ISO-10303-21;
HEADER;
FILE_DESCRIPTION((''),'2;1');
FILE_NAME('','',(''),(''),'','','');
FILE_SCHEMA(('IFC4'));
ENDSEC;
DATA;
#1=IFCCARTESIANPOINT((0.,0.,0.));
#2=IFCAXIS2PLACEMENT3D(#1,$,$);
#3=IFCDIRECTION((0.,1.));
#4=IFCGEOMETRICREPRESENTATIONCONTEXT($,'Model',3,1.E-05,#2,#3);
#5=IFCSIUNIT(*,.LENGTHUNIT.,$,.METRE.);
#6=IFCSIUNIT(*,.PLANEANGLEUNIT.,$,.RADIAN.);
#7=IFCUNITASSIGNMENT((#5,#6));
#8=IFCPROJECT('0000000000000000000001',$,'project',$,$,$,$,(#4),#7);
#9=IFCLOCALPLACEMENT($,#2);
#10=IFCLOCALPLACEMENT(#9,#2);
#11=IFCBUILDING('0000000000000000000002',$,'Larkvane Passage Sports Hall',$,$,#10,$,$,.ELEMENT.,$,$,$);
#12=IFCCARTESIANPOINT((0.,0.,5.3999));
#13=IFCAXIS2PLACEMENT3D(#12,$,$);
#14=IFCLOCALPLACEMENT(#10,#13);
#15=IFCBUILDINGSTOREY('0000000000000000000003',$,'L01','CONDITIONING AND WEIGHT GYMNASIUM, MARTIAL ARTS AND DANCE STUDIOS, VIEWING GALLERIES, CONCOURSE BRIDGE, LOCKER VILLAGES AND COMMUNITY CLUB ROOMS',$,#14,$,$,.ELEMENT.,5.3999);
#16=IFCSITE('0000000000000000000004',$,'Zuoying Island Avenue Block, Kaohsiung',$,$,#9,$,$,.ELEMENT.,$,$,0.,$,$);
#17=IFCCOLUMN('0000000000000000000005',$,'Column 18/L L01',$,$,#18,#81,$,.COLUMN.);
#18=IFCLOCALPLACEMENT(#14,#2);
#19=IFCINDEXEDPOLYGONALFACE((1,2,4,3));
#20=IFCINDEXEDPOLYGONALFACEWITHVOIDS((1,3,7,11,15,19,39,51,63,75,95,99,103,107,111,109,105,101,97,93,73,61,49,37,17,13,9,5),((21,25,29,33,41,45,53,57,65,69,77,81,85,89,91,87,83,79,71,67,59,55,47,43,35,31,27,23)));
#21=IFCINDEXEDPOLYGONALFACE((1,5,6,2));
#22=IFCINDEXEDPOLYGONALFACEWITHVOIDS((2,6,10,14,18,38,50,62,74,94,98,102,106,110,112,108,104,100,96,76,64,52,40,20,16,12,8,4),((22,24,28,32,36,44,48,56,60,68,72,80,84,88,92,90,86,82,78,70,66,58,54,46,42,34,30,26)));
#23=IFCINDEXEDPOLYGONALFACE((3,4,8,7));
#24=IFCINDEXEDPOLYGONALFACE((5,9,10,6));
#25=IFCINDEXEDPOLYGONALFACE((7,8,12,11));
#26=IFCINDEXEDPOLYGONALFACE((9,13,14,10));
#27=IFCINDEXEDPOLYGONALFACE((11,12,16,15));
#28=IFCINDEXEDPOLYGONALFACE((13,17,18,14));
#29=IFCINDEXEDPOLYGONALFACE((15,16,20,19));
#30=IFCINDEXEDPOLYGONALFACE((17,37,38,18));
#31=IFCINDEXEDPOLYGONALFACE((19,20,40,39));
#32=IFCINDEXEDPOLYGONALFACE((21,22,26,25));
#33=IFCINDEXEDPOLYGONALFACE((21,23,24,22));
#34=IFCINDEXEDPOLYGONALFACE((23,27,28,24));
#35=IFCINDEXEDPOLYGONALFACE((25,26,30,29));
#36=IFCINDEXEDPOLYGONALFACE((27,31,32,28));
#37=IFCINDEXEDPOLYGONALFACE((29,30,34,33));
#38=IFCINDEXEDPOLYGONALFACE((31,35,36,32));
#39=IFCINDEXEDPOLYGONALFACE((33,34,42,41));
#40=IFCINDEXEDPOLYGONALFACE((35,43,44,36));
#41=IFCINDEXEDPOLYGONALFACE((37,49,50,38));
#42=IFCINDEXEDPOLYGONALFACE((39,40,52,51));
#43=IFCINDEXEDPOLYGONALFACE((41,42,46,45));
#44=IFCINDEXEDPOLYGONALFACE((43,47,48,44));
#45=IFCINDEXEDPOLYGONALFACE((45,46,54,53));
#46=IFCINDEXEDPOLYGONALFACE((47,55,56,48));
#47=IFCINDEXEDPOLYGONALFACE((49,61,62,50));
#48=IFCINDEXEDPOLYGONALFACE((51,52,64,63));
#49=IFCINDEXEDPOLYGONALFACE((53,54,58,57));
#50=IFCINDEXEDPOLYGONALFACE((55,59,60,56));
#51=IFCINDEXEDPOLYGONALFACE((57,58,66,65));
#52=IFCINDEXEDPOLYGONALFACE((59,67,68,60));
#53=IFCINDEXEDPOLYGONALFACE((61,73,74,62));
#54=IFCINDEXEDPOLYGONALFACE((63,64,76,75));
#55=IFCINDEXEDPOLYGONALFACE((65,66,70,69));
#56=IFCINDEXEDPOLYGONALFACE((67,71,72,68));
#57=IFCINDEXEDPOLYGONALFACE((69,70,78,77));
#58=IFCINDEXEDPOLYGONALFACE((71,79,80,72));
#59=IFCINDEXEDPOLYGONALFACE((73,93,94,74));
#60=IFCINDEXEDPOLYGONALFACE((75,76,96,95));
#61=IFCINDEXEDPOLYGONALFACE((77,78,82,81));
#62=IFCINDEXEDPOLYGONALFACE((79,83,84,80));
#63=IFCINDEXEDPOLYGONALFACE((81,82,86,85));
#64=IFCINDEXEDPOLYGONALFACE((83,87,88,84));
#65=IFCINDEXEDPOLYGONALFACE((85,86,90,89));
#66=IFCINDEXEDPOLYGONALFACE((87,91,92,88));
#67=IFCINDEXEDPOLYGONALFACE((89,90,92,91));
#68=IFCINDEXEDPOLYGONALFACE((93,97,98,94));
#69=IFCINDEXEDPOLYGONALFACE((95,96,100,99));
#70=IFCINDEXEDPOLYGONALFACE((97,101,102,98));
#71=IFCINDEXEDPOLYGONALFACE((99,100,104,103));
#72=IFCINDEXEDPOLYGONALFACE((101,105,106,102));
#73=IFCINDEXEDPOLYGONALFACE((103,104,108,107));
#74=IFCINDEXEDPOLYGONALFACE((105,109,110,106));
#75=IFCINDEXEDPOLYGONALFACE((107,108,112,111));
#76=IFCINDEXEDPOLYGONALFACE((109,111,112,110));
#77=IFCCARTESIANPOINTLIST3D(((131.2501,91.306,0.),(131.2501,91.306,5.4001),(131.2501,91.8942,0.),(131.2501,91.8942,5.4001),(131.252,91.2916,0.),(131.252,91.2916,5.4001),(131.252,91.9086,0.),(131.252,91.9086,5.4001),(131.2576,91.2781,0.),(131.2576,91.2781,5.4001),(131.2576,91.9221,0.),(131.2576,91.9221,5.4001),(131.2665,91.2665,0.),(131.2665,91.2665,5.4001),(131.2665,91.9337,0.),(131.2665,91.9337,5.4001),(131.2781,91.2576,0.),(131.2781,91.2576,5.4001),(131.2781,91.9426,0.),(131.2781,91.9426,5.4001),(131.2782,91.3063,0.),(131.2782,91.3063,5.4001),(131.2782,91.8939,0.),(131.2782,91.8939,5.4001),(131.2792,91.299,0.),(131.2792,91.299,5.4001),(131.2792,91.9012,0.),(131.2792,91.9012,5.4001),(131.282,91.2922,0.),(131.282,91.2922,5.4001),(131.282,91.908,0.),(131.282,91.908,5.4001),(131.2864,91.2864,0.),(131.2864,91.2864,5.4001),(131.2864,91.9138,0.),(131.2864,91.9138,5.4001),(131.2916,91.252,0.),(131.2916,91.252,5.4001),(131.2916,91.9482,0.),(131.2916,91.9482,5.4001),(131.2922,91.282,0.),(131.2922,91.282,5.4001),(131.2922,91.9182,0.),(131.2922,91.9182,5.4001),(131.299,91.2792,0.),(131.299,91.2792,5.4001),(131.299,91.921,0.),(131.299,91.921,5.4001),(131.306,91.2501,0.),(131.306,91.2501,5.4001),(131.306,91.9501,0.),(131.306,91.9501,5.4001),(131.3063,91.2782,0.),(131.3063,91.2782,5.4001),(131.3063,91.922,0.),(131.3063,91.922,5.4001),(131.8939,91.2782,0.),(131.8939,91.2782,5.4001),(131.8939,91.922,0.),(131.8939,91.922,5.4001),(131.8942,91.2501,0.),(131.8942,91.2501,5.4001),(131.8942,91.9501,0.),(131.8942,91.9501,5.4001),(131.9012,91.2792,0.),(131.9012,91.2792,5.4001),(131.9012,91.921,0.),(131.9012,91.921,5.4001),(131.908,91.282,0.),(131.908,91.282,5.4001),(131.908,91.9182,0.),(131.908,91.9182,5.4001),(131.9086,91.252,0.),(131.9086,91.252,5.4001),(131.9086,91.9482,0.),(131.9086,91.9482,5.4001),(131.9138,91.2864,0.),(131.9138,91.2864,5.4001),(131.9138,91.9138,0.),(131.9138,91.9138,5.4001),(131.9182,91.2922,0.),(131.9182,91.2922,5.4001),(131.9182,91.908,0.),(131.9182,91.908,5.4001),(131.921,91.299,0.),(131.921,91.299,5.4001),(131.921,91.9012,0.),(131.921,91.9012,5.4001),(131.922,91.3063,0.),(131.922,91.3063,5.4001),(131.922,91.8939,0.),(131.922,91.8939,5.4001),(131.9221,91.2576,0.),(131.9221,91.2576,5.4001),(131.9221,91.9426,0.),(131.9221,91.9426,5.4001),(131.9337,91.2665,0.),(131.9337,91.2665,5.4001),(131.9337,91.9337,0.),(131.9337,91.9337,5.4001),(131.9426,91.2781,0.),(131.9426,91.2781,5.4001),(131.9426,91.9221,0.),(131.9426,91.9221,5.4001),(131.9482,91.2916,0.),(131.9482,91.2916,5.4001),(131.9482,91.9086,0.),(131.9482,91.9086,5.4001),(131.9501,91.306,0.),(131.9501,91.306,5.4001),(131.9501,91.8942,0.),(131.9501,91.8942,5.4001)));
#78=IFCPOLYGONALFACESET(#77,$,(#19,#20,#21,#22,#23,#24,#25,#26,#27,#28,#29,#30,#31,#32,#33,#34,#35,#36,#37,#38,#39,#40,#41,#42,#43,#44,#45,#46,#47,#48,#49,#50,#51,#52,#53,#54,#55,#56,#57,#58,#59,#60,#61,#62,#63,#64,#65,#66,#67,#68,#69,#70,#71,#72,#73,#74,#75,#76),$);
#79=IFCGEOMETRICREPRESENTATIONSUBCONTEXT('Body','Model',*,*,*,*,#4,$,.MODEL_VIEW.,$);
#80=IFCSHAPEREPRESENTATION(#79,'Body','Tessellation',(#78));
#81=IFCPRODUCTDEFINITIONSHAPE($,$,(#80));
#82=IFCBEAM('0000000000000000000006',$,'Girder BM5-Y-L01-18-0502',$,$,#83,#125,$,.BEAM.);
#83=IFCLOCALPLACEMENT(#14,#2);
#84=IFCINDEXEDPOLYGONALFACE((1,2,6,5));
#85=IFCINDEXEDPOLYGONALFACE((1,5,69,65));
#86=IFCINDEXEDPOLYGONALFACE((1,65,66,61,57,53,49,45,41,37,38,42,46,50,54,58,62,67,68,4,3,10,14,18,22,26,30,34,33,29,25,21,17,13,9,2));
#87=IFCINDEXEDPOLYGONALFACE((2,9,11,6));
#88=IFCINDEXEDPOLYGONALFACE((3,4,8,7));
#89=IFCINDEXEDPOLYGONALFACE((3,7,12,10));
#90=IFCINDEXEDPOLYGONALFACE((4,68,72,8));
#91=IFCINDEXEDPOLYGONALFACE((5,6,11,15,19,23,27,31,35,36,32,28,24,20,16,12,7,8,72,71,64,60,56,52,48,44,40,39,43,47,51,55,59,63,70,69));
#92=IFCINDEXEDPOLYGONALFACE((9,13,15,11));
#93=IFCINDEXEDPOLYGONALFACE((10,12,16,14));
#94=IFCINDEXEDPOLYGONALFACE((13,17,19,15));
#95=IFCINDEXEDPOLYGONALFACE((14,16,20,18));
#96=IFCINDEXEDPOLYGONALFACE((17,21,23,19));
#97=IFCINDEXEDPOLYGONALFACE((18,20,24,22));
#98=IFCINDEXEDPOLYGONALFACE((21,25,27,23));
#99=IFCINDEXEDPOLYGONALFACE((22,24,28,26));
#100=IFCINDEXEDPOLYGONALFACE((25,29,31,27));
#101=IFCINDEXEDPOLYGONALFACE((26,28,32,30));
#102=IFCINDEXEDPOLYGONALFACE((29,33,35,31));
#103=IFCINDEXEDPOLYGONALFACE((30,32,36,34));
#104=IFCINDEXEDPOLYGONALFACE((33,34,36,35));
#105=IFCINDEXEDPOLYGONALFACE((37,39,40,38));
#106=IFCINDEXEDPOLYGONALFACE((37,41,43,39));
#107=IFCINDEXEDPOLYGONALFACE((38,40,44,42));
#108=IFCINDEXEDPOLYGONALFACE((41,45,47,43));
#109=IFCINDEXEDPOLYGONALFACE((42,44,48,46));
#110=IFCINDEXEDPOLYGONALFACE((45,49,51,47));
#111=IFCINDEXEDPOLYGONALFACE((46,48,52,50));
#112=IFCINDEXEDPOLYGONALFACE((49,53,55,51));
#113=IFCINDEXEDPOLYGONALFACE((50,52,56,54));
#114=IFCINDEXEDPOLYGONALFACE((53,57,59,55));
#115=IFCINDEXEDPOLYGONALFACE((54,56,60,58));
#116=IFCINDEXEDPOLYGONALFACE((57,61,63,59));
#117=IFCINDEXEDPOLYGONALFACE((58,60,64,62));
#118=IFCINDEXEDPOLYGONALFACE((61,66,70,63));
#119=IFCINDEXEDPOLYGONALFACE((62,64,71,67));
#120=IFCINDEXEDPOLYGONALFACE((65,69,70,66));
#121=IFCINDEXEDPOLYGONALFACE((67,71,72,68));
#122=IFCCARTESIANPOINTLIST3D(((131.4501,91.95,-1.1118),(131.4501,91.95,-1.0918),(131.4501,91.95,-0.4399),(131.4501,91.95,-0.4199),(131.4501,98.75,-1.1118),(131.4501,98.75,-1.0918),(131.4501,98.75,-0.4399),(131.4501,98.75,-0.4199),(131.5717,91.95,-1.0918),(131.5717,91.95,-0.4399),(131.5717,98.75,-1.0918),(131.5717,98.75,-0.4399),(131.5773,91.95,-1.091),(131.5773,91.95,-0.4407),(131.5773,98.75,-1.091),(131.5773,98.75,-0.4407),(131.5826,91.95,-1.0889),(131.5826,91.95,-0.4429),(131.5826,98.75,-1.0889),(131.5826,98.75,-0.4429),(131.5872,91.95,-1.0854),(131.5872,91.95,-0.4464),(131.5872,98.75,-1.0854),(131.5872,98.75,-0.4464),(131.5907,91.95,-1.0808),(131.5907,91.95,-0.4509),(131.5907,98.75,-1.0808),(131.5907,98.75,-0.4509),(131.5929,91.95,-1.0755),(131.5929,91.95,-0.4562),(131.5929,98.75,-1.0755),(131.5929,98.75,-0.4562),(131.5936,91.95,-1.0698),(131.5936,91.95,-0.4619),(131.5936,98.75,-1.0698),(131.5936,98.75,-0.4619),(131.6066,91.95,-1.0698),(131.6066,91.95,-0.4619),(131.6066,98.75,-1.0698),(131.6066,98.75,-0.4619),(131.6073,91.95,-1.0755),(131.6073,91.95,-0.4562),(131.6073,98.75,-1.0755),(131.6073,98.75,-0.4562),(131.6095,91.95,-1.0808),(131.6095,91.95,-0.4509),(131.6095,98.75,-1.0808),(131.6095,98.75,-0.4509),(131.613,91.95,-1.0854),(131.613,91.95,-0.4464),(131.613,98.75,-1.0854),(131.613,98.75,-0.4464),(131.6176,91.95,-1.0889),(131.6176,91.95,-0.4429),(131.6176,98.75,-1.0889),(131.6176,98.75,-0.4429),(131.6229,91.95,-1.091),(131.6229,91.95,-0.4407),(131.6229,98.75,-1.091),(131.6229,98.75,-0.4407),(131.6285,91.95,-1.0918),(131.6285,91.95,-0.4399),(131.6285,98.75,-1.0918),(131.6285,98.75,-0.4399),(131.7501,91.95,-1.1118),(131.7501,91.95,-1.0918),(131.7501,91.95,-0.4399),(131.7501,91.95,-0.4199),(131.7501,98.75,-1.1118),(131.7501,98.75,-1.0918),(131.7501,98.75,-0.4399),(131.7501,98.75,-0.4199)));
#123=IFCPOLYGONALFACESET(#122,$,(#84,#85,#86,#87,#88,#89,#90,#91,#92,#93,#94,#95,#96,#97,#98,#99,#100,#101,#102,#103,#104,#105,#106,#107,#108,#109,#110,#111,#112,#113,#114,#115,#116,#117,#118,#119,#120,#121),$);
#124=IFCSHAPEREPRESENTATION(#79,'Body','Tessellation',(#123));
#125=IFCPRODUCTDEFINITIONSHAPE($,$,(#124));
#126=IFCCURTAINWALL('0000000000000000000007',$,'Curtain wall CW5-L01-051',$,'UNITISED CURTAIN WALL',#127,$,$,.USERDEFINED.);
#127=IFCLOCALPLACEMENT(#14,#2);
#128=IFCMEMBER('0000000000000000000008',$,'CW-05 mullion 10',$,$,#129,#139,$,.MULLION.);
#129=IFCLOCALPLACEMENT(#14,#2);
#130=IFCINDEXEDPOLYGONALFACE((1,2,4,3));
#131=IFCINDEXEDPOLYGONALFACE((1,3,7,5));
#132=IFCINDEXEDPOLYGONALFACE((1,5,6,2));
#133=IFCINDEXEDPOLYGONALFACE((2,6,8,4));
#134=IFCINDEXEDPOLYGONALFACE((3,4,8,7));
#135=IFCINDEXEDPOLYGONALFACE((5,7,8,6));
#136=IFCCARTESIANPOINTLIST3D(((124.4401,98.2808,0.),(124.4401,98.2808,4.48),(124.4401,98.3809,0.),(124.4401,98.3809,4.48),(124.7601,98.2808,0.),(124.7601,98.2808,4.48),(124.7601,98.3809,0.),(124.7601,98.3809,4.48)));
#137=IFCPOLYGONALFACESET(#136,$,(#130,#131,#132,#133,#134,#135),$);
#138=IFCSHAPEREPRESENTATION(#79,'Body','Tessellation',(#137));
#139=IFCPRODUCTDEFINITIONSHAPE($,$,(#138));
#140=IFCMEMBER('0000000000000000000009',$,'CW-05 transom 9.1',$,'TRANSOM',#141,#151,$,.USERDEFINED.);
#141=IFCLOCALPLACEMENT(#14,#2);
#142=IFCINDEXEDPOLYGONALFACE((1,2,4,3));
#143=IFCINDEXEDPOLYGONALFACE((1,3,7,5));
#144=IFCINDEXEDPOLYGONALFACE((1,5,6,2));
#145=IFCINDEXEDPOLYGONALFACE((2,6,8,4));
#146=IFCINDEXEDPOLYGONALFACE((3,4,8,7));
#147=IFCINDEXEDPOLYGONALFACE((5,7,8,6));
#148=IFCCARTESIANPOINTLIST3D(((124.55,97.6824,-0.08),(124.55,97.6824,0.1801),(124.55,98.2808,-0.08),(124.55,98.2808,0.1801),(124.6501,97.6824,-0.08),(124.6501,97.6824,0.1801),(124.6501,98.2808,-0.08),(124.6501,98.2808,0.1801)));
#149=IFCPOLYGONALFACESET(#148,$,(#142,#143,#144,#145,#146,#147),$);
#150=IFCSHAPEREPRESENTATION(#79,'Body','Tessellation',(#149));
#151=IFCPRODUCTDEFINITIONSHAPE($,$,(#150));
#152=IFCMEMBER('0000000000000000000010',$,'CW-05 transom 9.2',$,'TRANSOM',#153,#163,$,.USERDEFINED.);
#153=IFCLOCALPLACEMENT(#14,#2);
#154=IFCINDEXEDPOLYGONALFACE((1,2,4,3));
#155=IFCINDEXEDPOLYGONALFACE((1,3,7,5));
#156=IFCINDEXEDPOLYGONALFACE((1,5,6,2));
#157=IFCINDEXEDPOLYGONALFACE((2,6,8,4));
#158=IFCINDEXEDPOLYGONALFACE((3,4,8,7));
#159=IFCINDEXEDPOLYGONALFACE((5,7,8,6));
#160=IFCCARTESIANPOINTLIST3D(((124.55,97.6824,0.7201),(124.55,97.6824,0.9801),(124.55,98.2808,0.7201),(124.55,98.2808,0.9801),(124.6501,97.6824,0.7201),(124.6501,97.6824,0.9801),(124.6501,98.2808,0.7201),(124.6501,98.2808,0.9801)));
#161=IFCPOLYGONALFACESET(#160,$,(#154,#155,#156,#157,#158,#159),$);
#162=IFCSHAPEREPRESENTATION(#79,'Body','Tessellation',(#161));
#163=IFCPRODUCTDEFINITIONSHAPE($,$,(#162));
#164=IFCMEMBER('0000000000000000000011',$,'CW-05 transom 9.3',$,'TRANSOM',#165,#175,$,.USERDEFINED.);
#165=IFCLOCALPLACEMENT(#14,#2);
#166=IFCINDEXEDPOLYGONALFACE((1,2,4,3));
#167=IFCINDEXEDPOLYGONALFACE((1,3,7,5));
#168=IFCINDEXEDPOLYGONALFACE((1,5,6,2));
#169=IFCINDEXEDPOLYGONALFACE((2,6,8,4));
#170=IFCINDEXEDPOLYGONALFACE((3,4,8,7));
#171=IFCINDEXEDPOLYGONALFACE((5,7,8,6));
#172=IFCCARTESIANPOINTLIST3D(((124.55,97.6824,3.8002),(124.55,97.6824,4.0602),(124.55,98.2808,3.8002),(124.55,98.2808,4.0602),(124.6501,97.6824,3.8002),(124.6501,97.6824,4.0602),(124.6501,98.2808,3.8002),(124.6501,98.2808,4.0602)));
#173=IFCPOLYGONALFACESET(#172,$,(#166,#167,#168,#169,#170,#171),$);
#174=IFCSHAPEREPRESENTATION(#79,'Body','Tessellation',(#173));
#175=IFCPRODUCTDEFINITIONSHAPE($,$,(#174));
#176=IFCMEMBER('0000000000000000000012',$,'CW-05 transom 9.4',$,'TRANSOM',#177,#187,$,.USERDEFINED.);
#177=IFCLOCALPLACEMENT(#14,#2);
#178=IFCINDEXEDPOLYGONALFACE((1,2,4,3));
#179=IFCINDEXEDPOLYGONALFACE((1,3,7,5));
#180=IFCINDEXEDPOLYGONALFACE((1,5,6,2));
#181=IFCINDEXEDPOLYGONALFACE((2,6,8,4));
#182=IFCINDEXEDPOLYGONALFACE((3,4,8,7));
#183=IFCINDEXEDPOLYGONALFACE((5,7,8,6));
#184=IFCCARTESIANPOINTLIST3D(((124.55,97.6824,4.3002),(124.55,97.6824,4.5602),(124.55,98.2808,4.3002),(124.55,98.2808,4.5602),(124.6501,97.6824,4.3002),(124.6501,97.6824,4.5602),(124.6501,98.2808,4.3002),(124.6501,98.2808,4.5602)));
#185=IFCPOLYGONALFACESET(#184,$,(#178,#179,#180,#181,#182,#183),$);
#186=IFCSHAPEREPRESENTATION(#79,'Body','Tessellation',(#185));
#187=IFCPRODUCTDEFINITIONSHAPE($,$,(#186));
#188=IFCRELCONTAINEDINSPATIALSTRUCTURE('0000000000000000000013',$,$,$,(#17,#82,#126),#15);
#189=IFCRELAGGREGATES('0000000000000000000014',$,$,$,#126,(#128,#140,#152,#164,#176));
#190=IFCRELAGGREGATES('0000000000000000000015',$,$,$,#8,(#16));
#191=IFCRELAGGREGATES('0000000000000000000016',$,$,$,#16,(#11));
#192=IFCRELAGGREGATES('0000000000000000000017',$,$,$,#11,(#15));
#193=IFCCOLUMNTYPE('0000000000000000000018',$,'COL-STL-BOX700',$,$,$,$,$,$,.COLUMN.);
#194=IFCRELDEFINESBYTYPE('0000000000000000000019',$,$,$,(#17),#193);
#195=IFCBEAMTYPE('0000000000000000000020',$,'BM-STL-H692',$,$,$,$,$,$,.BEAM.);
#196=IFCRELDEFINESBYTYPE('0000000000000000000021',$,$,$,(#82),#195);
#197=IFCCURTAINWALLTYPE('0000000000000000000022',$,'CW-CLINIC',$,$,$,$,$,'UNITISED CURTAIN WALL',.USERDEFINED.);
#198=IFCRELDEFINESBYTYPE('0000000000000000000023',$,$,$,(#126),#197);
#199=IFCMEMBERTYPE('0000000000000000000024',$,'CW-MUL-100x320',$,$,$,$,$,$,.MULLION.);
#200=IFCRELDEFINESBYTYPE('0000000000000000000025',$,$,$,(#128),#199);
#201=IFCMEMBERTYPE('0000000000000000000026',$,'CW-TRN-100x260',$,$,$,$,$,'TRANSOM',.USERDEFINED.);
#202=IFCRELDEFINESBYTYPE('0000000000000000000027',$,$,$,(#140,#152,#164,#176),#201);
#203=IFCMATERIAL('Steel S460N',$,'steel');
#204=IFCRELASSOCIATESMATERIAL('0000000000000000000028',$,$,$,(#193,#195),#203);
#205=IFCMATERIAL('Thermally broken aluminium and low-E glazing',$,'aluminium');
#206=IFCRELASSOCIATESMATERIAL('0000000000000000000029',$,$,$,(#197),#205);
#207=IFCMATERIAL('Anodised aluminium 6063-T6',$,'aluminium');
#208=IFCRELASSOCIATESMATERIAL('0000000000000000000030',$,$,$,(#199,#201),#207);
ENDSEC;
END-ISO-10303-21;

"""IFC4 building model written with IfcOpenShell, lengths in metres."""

from ifc_helpers import new_model, si_unit, direction, frame, origin, origin_2d, place, context, subcontext, project, spatial, rectangle, hollow_rectangle, i_section, extrude, material, material_profile, profile_set, type_object, element, aggregate, save


model = new_model("IFC4")

# Units and contexts
model_context = context("Model", 3, precision=1e-05, world=origin(), true_north=direction((0.0, 1.0)))
body_context = subcontext(model_context, "Body", "Model", "MODEL_VIEW")
ifc_project = project(units=[si_unit("LENGTHUNIT", "METRE"), si_unit("PLANEANGLEUNIT", "RADIAN")], contexts=[model_context])

# Site, building, storey
site_placement = place(None, origin())
site = spatial("IfcSite", under=ifc_project, at=site_placement, Name="Zuoying Island Avenue Block, Kaohsiung", CompositionType="ELEMENT", RefElevation=0.0)
building_placement = place(site_placement, origin())
building = spatial("IfcBuilding", under=site, at=building_placement, Name="Larkvane Passage Sports Hall", CompositionType="ELEMENT")
storey_placement = place(building_placement, frame((0.0, 0.0, 5.3999)))
storey = spatial("IfcBuildingStorey", under=building, at=storey_placement, Name="L01", Description="CONDITIONING AND WEIGHT GYMNASIUM, MARTIAL ARTS AND DANCE STUDIOS, VIEWING GALLERIES, CONCOURSE BRIDGE, LOCKER VILLAGES AND COMMUNITY CLUB ROOMS", CompositionType="ELEMENT", Elevation=5.3999)

# Column
ifc_material_1 = material(Name="Steel S460N", Category="steel")
ifc_material_profile_1 = material_profile(ifc_material_1, hollow_rectangle(XDim=0.7, YDim=0.7, WallThickness=0.0281, InnerFilletRadius=0.0281, OuterFilletRadius=0.0559, at=origin_2d()), Name="BOX-700x700x28")
ifc_profile_set_1 = profile_set([ifc_material_profile_1], Name="Steel S460N")
column_type = type_object("IfcColumnType", Name="COL-STL-BOX700", PredefinedType="COLUMN", material=ifc_profile_set_1)
column_placement = place(storey_placement, frame((131.6001, 91.6001, 0.0), z_axis=(0.0, 0.0, 1.0), x_axis=(1.0, 0.0, 0.0)))
element("IfcColumn", 1, at=column_placement, inside=storey, type_object=column_type, Name="Column 18/L L01", PredefinedType="COLUMN", context=body_context, shape_type="SweptSolid", body=[
    extrude(hollow_rectangle(XDim=0.7, YDim=0.7, WallThickness=0.0281, InnerFilletRadius=0.0281, OuterFilletRadius=0.0559, at=origin_2d()), origin(), (0.0, 0.0, 1.0), 5.4001),
])

# Beam
ifc_material_profile_2 = material_profile(ifc_material_1, i_section(OverallWidth=0.3, OverallDepth=0.6919, WebThickness=0.0129, FlangeThickness=0.02, FilletRadius=0.022, at=origin_2d()), Name="H-692x300x13x20")
ifc_profile_set_2 = profile_set([ifc_material_profile_2], Name="Steel S460N")
beam_type_1 = type_object("IfcBeamType", Name="BM-STL-H692", PredefinedType="BEAM", material=ifc_profile_set_2)
beam_1_placement = place(storey_placement, frame((131.6001, 91.95, -0.7659), z_axis=(0.0, 1.0, 0.0), x_axis=(-1.0, 0.0, 0.0)))
element("IfcBeam", 2, at=beam_1_placement, inside=storey, type_object=beam_type_1, Name="Girder BM5-Y-L01-18-0502", PredefinedType="BEAM", context=body_context, shape_type="SweptSolid", body=[
    extrude(i_section(OverallWidth=0.3, OverallDepth=0.6919, WebThickness=0.0129, FlangeThickness=0.02, FilletRadius=0.022, at=origin_2d()), origin(), (0.0, 0.0, 1.0), 6.8),
])

# Curtain wall, members
ifc_material_2 = material(Name="Thermally broken aluminium and low-E glazing", Category="aluminium")
curtain_wall_type = type_object("IfcCurtainWallType", Name="CW-CLINIC", ElementType="UNITISED CURTAIN WALL", PredefinedType="USERDEFINED", material=ifc_material_2)
curtain_wall_placement = place(storey_placement, origin())
curtain_wall = element("IfcCurtainWall", 3, at=curtain_wall_placement, inside=storey, type_object=curtain_wall_type, Name="Curtain wall CW5-L01-051", ObjectType="UNITISED CURTAIN WALL", PredefinedType="USERDEFINED")
ifc_material_3 = material(Name="Anodised aluminium 6063-T6", Category="aluminium")
ifc_material_profile_3 = material_profile(ifc_material_3, rectangle(XDim=0.1001, YDim=0.3201, at=origin_2d()), Name="ALU-MUL-100x320")
ifc_profile_set_3 = profile_set([ifc_material_profile_3], Name="Anodised aluminium 6063-T6")
member_type_1 = type_object("IfcMemberType", Name="CW-MUL-100x320", PredefinedType="MULLION", material=ifc_profile_set_3)
member_1_placement = place(storey_placement, frame((124.6001, 98.3308, 0.0), z_axis=(0.0, 0.0, 1.0), x_axis=(0.0, 1.0, 0.0)))
member_1 = element("IfcMember", 4, at=member_1_placement, type_object=member_type_1, Name="CW-05 mullion 10", PredefinedType="MULLION", context=body_context, shape_type="SweptSolid", body=[
    extrude(rectangle(XDim=0.1001, YDim=0.3201, at=origin_2d()), origin(), (0.0, 0.0, 1.0), 4.48),
])
ifc_material_profile_4 = material_profile(ifc_material_3, rectangle(XDim=0.1001, YDim=0.26, at=origin_2d()), Name="ALU-TRN-100x260")
ifc_profile_set_4 = profile_set([ifc_material_profile_4], Name="Anodised aluminium 6063-T6")
member_type_2 = type_object("IfcMemberType", Name="CW-TRN-100x260", ElementType="TRANSOM", PredefinedType="USERDEFINED", material=ifc_profile_set_4)
member_2_placement = place(storey_placement, frame((124.6001, 97.6824, 0.05), z_axis=(0.0, 1.0, 0.0), x_axis=(-1.0, 0.0, 0.0)))
member_2 = element("IfcMember", 5, at=member_2_placement, type_object=member_type_2, Name="CW-05 transom 9.1", ObjectType="TRANSOM", PredefinedType="USERDEFINED", context=body_context, shape_type="SweptSolid", body=[
    extrude(rectangle(XDim=0.1001, YDim=0.26, at=origin_2d()), origin(), (0.0, 0.0, 1.0), 0.5984),
])
member_3_placement = place(storey_placement, frame((124.6001, 97.6824, 0.8501), z_axis=(0.0, 1.0, 0.0), x_axis=(-1.0, 0.0, 0.0)))
member_3 = element("IfcMember", 6, at=member_3_placement, type_object=member_type_2, Name="CW-05 transom 9.2", ObjectType="TRANSOM", PredefinedType="USERDEFINED", context=body_context, shape_type="SweptSolid", body=[
    extrude(rectangle(XDim=0.1001, YDim=0.26, at=origin_2d()), origin(), (0.0, 0.0, 1.0), 0.5984),
])
member_4_placement = place(storey_placement, frame((124.6001, 97.6824, 3.9302), z_axis=(0.0, 1.0, 0.0), x_axis=(-1.0, 0.0, 0.0)))
member_4 = element("IfcMember", 7, at=member_4_placement, type_object=member_type_2, Name="CW-05 transom 9.3", ObjectType="TRANSOM", PredefinedType="USERDEFINED", context=body_context, shape_type="SweptSolid", body=[
    extrude(rectangle(XDim=0.1001, YDim=0.26, at=origin_2d()), origin(), (0.0, 0.0, 1.0), 0.5984),
])
member_5_placement = place(storey_placement, frame((124.6001, 97.6824, 4.4302), z_axis=(0.0, 1.0, 0.0), x_axis=(-1.0, 0.0, 0.0)))
member_5 = element("IfcMember", 8, at=member_5_placement, type_object=member_type_2, Name="CW-05 transom 9.4", ObjectType="TRANSOM", PredefinedType="USERDEFINED", context=body_context, shape_type="SweptSolid", body=[
    extrude(rectangle(XDim=0.1001, YDim=0.26, at=origin_2d()), origin(), (0.0, 0.0, 1.0), 0.5984),
])

aggregate(curtain_wall, [member_1, member_2, member_3, member_4, member_5])

save(model, "model.ifc")
